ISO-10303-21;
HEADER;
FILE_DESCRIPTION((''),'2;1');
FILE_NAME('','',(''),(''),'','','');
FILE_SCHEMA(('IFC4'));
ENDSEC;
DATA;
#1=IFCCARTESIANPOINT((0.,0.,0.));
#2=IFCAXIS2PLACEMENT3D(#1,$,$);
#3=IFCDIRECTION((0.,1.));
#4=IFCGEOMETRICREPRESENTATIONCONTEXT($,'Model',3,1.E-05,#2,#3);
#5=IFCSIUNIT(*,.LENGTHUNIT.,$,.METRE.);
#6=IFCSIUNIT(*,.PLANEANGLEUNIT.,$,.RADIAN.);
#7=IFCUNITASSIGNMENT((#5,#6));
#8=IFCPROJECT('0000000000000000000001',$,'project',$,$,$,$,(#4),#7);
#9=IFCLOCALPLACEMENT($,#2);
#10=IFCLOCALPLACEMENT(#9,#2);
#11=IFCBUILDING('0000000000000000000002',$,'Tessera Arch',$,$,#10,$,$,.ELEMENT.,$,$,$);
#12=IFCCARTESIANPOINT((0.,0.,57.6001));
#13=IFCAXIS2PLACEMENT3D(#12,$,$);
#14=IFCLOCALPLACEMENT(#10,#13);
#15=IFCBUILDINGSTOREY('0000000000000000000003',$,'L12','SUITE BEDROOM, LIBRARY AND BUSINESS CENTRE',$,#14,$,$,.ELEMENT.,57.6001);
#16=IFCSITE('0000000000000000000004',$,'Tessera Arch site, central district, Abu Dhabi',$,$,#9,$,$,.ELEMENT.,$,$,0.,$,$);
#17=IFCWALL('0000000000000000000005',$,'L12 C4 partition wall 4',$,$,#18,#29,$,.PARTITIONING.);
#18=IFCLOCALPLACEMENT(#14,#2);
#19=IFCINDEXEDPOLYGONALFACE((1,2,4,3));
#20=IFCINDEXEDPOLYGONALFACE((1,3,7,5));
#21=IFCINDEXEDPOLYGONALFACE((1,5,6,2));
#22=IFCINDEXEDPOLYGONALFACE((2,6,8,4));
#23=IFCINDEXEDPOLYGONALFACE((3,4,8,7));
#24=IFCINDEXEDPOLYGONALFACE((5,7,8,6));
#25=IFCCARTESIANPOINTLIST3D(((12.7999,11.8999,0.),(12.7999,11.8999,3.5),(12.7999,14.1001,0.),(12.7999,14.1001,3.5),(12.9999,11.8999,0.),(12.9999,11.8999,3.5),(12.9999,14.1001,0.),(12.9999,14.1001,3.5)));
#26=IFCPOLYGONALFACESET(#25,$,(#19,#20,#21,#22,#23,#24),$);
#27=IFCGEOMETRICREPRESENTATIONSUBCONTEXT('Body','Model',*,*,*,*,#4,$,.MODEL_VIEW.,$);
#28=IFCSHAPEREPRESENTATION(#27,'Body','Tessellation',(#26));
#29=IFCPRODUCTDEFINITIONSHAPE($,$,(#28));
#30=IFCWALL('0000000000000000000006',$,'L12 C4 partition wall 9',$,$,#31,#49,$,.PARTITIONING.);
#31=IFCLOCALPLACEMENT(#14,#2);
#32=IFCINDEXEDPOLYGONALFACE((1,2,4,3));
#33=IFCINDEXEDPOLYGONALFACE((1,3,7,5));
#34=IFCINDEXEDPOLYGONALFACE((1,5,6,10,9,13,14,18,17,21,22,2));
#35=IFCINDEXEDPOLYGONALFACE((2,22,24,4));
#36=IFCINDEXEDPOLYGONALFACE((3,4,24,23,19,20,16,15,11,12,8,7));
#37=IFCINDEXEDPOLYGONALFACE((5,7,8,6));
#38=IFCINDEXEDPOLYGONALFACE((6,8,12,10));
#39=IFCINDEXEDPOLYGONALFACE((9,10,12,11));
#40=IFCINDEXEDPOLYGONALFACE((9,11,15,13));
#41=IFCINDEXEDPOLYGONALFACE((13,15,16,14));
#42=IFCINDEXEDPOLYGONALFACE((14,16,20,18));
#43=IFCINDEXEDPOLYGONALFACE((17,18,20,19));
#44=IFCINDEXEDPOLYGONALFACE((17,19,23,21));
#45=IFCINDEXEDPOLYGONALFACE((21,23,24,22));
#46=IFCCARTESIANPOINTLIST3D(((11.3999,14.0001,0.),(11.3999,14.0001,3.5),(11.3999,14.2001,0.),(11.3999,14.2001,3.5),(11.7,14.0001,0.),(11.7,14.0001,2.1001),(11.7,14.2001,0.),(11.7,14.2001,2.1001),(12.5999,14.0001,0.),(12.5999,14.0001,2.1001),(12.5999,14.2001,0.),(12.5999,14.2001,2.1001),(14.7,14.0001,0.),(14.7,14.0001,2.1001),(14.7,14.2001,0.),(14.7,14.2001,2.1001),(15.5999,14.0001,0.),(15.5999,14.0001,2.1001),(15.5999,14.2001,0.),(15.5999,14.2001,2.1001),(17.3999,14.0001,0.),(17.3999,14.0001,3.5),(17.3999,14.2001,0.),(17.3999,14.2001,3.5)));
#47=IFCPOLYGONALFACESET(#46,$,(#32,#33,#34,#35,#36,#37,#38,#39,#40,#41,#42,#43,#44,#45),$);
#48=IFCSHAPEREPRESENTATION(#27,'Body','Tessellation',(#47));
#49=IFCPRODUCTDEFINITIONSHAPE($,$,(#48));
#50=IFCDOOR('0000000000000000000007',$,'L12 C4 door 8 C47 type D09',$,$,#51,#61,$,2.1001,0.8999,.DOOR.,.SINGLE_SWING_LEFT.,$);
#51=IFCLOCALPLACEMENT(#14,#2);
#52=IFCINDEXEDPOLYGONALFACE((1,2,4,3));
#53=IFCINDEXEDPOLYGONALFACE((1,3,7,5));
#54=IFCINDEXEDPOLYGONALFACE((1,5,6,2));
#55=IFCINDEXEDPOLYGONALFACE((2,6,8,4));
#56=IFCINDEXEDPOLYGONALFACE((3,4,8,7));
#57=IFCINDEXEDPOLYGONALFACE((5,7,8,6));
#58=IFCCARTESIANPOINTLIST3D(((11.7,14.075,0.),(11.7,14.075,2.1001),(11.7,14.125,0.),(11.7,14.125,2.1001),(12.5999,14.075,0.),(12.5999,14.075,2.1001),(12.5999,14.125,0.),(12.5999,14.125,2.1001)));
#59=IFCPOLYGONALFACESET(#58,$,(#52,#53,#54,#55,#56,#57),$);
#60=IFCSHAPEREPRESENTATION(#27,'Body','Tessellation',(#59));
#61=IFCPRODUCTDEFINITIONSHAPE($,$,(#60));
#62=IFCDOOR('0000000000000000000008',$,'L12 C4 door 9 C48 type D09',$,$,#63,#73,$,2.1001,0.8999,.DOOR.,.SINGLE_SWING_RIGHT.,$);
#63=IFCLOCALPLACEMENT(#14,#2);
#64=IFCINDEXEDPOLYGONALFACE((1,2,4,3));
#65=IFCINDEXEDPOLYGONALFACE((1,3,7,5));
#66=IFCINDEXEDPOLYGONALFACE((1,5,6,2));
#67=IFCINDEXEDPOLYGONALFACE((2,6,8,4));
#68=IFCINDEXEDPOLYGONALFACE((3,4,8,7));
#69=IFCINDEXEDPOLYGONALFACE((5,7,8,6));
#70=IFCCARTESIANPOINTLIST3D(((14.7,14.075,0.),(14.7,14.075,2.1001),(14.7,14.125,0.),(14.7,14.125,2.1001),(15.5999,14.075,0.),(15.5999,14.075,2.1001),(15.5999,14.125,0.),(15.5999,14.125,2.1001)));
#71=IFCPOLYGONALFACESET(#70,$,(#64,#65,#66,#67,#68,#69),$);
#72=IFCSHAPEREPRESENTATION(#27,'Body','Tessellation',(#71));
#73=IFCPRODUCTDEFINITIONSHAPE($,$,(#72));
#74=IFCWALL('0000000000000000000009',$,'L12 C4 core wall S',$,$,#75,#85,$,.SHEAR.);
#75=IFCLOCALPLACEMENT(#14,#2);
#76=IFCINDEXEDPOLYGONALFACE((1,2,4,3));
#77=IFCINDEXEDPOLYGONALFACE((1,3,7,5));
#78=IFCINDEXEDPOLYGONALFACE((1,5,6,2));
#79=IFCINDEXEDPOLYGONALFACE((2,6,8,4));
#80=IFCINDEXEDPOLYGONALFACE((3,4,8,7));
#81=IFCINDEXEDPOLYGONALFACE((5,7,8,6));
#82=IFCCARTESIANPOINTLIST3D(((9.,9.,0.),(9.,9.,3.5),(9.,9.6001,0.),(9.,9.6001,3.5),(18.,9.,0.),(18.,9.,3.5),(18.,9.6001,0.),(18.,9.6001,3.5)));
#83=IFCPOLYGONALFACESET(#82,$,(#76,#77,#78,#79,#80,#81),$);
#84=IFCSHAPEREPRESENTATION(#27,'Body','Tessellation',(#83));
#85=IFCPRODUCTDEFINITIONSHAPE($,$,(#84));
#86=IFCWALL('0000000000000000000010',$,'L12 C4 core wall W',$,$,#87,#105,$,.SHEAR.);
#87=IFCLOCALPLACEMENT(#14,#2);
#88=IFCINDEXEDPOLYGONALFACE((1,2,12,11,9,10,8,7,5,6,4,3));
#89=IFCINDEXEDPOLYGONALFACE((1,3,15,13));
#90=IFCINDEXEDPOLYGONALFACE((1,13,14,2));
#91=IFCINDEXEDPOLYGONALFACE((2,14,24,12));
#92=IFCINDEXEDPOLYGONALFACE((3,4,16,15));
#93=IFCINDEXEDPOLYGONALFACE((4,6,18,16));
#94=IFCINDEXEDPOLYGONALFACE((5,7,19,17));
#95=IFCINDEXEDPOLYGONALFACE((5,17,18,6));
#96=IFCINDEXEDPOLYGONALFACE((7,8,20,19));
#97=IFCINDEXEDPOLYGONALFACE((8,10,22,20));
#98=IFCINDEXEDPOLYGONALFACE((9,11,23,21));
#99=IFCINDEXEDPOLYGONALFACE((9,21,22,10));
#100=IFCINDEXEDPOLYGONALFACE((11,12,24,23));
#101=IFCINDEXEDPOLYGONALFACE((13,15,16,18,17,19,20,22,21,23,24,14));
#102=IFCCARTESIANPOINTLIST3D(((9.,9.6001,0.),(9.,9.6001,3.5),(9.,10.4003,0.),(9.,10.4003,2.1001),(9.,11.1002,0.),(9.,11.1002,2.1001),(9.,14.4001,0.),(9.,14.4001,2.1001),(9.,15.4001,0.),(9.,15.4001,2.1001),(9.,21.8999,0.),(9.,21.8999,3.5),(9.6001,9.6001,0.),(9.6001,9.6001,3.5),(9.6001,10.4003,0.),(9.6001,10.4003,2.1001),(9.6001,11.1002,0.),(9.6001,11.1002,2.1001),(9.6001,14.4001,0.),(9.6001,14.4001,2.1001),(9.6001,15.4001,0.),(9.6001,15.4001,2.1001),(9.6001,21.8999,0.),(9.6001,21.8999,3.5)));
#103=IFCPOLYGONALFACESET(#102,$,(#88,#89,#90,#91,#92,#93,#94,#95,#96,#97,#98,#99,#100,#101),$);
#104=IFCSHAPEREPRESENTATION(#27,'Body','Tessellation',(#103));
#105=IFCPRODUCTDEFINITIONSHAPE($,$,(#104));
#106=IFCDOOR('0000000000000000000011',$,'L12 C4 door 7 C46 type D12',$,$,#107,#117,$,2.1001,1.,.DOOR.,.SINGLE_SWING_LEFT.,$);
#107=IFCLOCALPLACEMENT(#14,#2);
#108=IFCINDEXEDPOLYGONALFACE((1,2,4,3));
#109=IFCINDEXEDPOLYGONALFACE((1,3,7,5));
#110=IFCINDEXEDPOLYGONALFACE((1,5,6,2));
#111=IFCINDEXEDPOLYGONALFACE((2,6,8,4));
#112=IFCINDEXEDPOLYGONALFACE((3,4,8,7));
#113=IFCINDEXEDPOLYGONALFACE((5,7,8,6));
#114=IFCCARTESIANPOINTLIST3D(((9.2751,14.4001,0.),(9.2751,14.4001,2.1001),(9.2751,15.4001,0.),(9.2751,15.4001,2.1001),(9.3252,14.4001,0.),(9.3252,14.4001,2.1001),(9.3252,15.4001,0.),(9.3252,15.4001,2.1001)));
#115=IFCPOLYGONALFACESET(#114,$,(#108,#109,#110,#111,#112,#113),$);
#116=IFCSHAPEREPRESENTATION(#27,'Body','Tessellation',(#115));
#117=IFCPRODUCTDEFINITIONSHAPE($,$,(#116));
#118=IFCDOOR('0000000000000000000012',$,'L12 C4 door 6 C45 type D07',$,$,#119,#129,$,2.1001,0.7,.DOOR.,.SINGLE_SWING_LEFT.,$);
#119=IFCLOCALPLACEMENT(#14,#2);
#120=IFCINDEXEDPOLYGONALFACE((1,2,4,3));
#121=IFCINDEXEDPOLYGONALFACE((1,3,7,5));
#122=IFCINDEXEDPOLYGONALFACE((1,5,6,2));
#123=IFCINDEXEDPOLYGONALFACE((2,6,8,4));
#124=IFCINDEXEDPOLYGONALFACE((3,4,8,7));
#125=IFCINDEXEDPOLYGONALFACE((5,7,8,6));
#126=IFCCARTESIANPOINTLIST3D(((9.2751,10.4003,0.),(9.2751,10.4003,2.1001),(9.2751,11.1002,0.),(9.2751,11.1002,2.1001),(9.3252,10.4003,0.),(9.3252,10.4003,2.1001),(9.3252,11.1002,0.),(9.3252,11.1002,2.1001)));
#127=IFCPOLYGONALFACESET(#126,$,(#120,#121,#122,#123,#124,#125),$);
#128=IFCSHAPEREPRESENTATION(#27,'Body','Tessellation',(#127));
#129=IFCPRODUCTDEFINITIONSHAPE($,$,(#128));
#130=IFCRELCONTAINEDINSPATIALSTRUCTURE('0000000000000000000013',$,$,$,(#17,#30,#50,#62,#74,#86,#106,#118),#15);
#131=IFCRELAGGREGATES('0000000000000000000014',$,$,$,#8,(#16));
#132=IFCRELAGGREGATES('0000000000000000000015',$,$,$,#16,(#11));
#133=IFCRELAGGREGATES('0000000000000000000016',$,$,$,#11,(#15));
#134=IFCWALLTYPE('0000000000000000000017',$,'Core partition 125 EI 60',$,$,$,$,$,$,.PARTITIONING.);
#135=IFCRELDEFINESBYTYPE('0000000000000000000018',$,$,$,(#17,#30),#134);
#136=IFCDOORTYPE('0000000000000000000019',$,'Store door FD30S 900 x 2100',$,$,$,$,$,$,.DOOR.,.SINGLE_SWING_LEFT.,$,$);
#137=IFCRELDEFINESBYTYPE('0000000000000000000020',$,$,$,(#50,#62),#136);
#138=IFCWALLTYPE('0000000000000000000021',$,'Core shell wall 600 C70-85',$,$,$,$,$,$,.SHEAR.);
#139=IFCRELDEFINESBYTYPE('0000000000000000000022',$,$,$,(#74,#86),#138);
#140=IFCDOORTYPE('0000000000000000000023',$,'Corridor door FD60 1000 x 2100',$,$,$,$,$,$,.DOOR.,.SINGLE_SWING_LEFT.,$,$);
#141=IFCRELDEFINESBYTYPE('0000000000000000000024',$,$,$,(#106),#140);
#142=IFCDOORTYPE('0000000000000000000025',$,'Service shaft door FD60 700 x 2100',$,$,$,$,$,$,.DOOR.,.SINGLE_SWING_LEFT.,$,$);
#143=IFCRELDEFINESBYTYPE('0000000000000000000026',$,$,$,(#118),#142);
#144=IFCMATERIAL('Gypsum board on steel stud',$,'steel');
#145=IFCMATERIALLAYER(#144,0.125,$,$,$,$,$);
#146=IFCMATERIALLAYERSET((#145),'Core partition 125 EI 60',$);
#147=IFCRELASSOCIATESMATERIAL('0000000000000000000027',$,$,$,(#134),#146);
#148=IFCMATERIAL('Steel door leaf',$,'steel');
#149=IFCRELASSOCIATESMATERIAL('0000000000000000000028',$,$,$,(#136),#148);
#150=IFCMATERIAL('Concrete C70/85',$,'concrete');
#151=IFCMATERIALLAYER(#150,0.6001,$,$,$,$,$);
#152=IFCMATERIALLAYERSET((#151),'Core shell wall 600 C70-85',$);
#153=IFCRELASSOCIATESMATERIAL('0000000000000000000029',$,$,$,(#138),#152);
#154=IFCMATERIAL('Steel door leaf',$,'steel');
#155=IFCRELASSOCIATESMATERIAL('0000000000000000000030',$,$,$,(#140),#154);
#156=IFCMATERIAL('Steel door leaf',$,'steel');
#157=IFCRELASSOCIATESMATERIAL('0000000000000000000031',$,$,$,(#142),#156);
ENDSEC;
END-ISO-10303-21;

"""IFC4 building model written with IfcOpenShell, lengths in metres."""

from ifc_helpers import new_model, si_unit, direction, frame, frame_2d, origin, place, context, subcontext, project, spatial, rectangle, extrude, material, layer, layer_set, type_object, element, fill, save


model = new_model("IFC4")

# Units and contexts
model_context = context("Model", 3, precision=1e-05, world=origin(), true_north=direction((0.0, 1.0)))
body_context = subcontext(model_context, "Body", "Model", "MODEL_VIEW")
ifc_project = project(units=[si_unit("LENGTHUNIT", "METRE"), si_unit("PLANEANGLEUNIT", "RADIAN")], contexts=[model_context])

# Site, building, storey
site_placement = place(None, origin())
site = spatial("IfcSite", under=ifc_project, at=site_placement, Name="Tessera Arch site, central district, Abu Dhabi", CompositionType="ELEMENT", RefElevation=0.0)
building_placement = place(site_placement, origin())
building = spatial("IfcBuilding", under=site, at=building_placement, Name="Tessera Arch", CompositionType="ELEMENT")
storey_placement = place(building_placement, frame((0.0, 0.0, 57.6001)))
storey = spatial("IfcBuildingStorey", under=building, at=storey_placement, Name="L12", Description="SUITE BEDROOM, LIBRARY AND BUSINESS CENTRE", CompositionType="ELEMENT", Elevation=57.6001)

# Wall
ifc_material_1 = material(Name="Gypsum board on steel stud", Category="steel")
ifc_layer_1 = layer(ifc_material_1, 0.125)
ifc_layer_set_1 = layer_set([ifc_layer_1], Name="Core partition 125 EI 60")
wall_type_1 = type_object("IfcWallType", Name="Core partition 125 EI 60", PredefinedType="PARTITIONING", material=ifc_layer_set_1)
wall_1_placement = place(storey_placement, frame((12.8999, 11.8999, 0.0), z_axis=(0.0, 0.0, 1.0), x_axis=(0.0, 1.0, 0.0)))
element("IfcWall", 1, at=wall_1_placement, inside=storey, type_object=wall_type_1, Name="L12 C4 partition wall 4", PredefinedType="PARTITIONING", context=body_context, shape_type="SweptSolid", body=[
    extrude(rectangle(XDim=2.2002, YDim=0.2, at=frame_2d((1.1001, 0.0))), origin(), (0.0, 0.0, 1.0), 3.5),
])

# Wall, openings, doors
wall_2_placement = place(storey_placement, frame((11.3999, 14.1001, 0.0), z_axis=(0.0, 0.0, 1.0), x_axis=(1.0, 0.0, 0.0)))
wall_2 = element("IfcWall", 2, at=wall_2_placement, inside=storey, type_object=wall_type_1, Name="L12 C4 partition wall 9", PredefinedType="PARTITIONING", context=body_context, shape_type="SweptSolid", body=[
    extrude(rectangle(XDim=6.0, YDim=0.2, at=frame_2d((3.0, 0.0))), origin(), (0.0, 0.0, 1.0), 3.5),
])
opening_1_placement = place(wall_2_placement, frame((0.3, 0.0, 0.0)))
opening_1 = element("IfcOpeningElement", 3, at=opening_1_placement, cuts=wall_2, PredefinedType="OPENING", context=body_context, shape_type="SweptSolid", body=[
    extrude(rectangle(XDim=0.8999, YDim=2.1001, at=frame_2d((0.45, 1.05))), frame((0.0, 0.1099, 0.0), z_axis=(0.0, -1.0, 0.0), x_axis=(1.0, 0.0, 0.0)), (0.0, 0.0, 1.0), 0.22),
])
opening_2_placement = place(wall_2_placement, frame((3.3, 0.0, 0.0)))
opening_2 = element("IfcOpeningElement", 4, at=opening_2_placement, cuts=wall_2, PredefinedType="OPENING", context=body_context, shape_type="SweptSolid", body=[
    extrude(rectangle(XDim=0.8999, YDim=2.1001, at=frame_2d((0.45, 1.05))), frame((0.0, 0.1099, 0.0), z_axis=(0.0, -1.0, 0.0), x_axis=(1.0, 0.0, 0.0)), (0.0, 0.0, 1.0), 0.22),
])
ifc_material_2 = material(Name="Steel door leaf", Category="steel")
door_type_1 = type_object("IfcDoorType", Name="Store door FD30S 900 x 2100", OperationType="SINGLE_SWING_LEFT", PredefinedType="DOOR", material=ifc_material_2)
door_1_placement = place(opening_1_placement, origin())
door_1 = element("IfcDoor", 5, at=door_1_placement, inside=storey, type_object=door_type_1, Name="L12 C4 door 8 C47 type D09", OperationType="SINGLE_SWING_LEFT", OverallHeight=2.1001, OverallWidth=0.8999, PredefinedType="DOOR", context=body_context, shape_type="SweptSolid", body=[
    extrude(rectangle(XDim=0.8999, YDim=2.1001, at=frame_2d((0.45, 1.05))), frame((0.0, 0.0249, 0.0), z_axis=(0.0, -1.0, 0.0), x_axis=(1.0, 0.0, 0.0)), (0.0, 0.0, 1.0), 0.05),
])
fill(opening_1, door_1)
door_2_placement = place(opening_2_placement, origin())
door_2 = element("IfcDoor", 6, at=door_2_placement, inside=storey, type_object=door_type_1, Name="L12 C4 door 9 C48 type D09", OperationType="SINGLE_SWING_RIGHT", OverallHeight=2.1001, OverallWidth=0.8999, PredefinedType="DOOR", context=body_context, shape_type="SweptSolid", body=[
    extrude(rectangle(XDim=0.8999, YDim=2.1001, at=frame_2d((0.45, 1.05))), frame((0.0, 0.0249, 0.0), z_axis=(0.0, -1.0, 0.0), x_axis=(1.0, 0.0, 0.0)), (0.0, 0.0, 1.0), 0.05),
])
fill(opening_2, door_2)

# Wall
ifc_material_3 = material(Name="Concrete C70/85", Category="concrete")
ifc_layer_2 = layer(ifc_material_3, 0.6001)
ifc_layer_set_2 = layer_set([ifc_layer_2], Name="Core shell wall 600 C70-85")
wall_type_2 = type_object("IfcWallType", Name="Core shell wall 600 C70-85", PredefinedType="SHEAR", material=ifc_layer_set_2)
wall_3_placement = place(storey_placement, frame((9.0, 9.3, 0.0), z_axis=(0.0, 0.0, 1.0), x_axis=(1.0, 0.0, 0.0)))
element("IfcWall", 7, at=wall_3_placement, inside=storey, type_object=wall_type_2, Name="L12 C4 core wall S", PredefinedType="SHEAR", context=body_context, shape_type="SweptSolid", body=[
    extrude(rectangle(XDim=9.0, YDim=0.6001, at=frame_2d((4.5, 0.0))), origin(), (0.0, 0.0, 1.0), 3.5),
])

# Wall, openings, doors
wall_4_placement = place(storey_placement, frame((9.3, 9.6001, 0.0), z_axis=(0.0, 0.0, 1.0), x_axis=(0.0, 1.0, 0.0)))
wall_4 = element("IfcWall", 8, at=wall_4_placement, inside=storey, type_object=wall_type_2, Name="L12 C4 core wall W", PredefinedType="SHEAR", context=body_context, shape_type="SweptSolid", body=[
    extrude(rectangle(XDim=12.2998, YDim=0.6001, at=frame_2d((6.1499, 0.0))), origin(), (0.0, 0.0, 1.0), 3.5),
])
opening_3_placement = place(wall_4_placement, frame((0.8, 0.0, 0.0)))
opening_3 = element("IfcOpeningElement", 9, at=opening_3_placement, cuts=wall_4, PredefinedType="OPENING", context=body_context, shape_type="SweptSolid", body=[
    extrude(rectangle(XDim=0.7, YDim=2.1001, at=frame_2d((0.3501, 1.05))), frame((0.0, 0.3101, 0.0), z_axis=(0.0, -1.0, 0.0), x_axis=(1.0, 0.0, 0.0)), (0.0, 0.0, 1.0), 0.6201),
])
opening_4_placement = place(wall_4_placement, frame((4.8, 0.0, 0.0)))
opening_4 = element("IfcOpeningElement", 10, at=opening_4_placement, cuts=wall_4, PredefinedType="OPENING", context=body_context, shape_type="SweptSolid", body=[
    extrude(rectangle(XDim=1.0, YDim=2.1001, at=frame_2d((0.5, 1.05))), frame((0.0, 0.3101, 0.0), z_axis=(0.0, -1.0, 0.0), x_axis=(1.0, 0.0, 0.0)), (0.0, 0.0, 1.0), 0.6201),
])
ifc_material_4 = material(Name="Steel door leaf", Category="steel")
door_type_2 = type_object("IfcDoorType", Name="Corridor door FD60 1000 x 2100", OperationType="SINGLE_SWING_LEFT", PredefinedType="DOOR", material=ifc_material_4)
door_3_placement = place(opening_4_placement, origin())
door_3 = element("IfcDoor", 11, at=door_3_placement, inside=storey, type_object=door_type_2, Name="L12 C4 door 7 C46 type D12", OperationType="SINGLE_SWING_LEFT", OverallHeight=2.1001, OverallWidth=1.0, PredefinedType="DOOR", context=body_context, shape_type="SweptSolid", body=[
    extrude(rectangle(XDim=1.0, YDim=2.1001, at=frame_2d((0.5, 1.05))), frame((0.0, 0.0249, 0.0), z_axis=(0.0, -1.0, 0.0), x_axis=(1.0, 0.0, 0.0)), (0.0, 0.0, 1.0), 0.05),
])
fill(opening_4, door_3)
ifc_material_5 = material(Name="Steel door leaf", Category="steel")
door_type_3 = type_object("IfcDoorType", Name="Service shaft door FD60 700 x 2100", OperationType="SINGLE_SWING_LEFT", PredefinedType="DOOR", material=ifc_material_5)
door_4_placement = place(opening_3_placement, origin())
door_4 = element("IfcDoor", 12, at=door_4_placement, inside=storey, type_object=door_type_3, Name="L12 C4 door 6 C45 type D07", OperationType="SINGLE_SWING_LEFT", OverallHeight=2.1001, OverallWidth=0.7, PredefinedType="DOOR", context=body_context, shape_type="SweptSolid", body=[
    extrude(rectangle(XDim=0.7, YDim=2.1001, at=frame_2d((0.3501, 1.05))), frame((0.0, 0.0249, 0.0), z_axis=(0.0, -1.0, 0.0), x_axis=(1.0, 0.0, 0.0)), (0.0, 0.0, 1.0), 0.05),
])
fill(opening_3, door_4)

save(model, "model.ifc")
